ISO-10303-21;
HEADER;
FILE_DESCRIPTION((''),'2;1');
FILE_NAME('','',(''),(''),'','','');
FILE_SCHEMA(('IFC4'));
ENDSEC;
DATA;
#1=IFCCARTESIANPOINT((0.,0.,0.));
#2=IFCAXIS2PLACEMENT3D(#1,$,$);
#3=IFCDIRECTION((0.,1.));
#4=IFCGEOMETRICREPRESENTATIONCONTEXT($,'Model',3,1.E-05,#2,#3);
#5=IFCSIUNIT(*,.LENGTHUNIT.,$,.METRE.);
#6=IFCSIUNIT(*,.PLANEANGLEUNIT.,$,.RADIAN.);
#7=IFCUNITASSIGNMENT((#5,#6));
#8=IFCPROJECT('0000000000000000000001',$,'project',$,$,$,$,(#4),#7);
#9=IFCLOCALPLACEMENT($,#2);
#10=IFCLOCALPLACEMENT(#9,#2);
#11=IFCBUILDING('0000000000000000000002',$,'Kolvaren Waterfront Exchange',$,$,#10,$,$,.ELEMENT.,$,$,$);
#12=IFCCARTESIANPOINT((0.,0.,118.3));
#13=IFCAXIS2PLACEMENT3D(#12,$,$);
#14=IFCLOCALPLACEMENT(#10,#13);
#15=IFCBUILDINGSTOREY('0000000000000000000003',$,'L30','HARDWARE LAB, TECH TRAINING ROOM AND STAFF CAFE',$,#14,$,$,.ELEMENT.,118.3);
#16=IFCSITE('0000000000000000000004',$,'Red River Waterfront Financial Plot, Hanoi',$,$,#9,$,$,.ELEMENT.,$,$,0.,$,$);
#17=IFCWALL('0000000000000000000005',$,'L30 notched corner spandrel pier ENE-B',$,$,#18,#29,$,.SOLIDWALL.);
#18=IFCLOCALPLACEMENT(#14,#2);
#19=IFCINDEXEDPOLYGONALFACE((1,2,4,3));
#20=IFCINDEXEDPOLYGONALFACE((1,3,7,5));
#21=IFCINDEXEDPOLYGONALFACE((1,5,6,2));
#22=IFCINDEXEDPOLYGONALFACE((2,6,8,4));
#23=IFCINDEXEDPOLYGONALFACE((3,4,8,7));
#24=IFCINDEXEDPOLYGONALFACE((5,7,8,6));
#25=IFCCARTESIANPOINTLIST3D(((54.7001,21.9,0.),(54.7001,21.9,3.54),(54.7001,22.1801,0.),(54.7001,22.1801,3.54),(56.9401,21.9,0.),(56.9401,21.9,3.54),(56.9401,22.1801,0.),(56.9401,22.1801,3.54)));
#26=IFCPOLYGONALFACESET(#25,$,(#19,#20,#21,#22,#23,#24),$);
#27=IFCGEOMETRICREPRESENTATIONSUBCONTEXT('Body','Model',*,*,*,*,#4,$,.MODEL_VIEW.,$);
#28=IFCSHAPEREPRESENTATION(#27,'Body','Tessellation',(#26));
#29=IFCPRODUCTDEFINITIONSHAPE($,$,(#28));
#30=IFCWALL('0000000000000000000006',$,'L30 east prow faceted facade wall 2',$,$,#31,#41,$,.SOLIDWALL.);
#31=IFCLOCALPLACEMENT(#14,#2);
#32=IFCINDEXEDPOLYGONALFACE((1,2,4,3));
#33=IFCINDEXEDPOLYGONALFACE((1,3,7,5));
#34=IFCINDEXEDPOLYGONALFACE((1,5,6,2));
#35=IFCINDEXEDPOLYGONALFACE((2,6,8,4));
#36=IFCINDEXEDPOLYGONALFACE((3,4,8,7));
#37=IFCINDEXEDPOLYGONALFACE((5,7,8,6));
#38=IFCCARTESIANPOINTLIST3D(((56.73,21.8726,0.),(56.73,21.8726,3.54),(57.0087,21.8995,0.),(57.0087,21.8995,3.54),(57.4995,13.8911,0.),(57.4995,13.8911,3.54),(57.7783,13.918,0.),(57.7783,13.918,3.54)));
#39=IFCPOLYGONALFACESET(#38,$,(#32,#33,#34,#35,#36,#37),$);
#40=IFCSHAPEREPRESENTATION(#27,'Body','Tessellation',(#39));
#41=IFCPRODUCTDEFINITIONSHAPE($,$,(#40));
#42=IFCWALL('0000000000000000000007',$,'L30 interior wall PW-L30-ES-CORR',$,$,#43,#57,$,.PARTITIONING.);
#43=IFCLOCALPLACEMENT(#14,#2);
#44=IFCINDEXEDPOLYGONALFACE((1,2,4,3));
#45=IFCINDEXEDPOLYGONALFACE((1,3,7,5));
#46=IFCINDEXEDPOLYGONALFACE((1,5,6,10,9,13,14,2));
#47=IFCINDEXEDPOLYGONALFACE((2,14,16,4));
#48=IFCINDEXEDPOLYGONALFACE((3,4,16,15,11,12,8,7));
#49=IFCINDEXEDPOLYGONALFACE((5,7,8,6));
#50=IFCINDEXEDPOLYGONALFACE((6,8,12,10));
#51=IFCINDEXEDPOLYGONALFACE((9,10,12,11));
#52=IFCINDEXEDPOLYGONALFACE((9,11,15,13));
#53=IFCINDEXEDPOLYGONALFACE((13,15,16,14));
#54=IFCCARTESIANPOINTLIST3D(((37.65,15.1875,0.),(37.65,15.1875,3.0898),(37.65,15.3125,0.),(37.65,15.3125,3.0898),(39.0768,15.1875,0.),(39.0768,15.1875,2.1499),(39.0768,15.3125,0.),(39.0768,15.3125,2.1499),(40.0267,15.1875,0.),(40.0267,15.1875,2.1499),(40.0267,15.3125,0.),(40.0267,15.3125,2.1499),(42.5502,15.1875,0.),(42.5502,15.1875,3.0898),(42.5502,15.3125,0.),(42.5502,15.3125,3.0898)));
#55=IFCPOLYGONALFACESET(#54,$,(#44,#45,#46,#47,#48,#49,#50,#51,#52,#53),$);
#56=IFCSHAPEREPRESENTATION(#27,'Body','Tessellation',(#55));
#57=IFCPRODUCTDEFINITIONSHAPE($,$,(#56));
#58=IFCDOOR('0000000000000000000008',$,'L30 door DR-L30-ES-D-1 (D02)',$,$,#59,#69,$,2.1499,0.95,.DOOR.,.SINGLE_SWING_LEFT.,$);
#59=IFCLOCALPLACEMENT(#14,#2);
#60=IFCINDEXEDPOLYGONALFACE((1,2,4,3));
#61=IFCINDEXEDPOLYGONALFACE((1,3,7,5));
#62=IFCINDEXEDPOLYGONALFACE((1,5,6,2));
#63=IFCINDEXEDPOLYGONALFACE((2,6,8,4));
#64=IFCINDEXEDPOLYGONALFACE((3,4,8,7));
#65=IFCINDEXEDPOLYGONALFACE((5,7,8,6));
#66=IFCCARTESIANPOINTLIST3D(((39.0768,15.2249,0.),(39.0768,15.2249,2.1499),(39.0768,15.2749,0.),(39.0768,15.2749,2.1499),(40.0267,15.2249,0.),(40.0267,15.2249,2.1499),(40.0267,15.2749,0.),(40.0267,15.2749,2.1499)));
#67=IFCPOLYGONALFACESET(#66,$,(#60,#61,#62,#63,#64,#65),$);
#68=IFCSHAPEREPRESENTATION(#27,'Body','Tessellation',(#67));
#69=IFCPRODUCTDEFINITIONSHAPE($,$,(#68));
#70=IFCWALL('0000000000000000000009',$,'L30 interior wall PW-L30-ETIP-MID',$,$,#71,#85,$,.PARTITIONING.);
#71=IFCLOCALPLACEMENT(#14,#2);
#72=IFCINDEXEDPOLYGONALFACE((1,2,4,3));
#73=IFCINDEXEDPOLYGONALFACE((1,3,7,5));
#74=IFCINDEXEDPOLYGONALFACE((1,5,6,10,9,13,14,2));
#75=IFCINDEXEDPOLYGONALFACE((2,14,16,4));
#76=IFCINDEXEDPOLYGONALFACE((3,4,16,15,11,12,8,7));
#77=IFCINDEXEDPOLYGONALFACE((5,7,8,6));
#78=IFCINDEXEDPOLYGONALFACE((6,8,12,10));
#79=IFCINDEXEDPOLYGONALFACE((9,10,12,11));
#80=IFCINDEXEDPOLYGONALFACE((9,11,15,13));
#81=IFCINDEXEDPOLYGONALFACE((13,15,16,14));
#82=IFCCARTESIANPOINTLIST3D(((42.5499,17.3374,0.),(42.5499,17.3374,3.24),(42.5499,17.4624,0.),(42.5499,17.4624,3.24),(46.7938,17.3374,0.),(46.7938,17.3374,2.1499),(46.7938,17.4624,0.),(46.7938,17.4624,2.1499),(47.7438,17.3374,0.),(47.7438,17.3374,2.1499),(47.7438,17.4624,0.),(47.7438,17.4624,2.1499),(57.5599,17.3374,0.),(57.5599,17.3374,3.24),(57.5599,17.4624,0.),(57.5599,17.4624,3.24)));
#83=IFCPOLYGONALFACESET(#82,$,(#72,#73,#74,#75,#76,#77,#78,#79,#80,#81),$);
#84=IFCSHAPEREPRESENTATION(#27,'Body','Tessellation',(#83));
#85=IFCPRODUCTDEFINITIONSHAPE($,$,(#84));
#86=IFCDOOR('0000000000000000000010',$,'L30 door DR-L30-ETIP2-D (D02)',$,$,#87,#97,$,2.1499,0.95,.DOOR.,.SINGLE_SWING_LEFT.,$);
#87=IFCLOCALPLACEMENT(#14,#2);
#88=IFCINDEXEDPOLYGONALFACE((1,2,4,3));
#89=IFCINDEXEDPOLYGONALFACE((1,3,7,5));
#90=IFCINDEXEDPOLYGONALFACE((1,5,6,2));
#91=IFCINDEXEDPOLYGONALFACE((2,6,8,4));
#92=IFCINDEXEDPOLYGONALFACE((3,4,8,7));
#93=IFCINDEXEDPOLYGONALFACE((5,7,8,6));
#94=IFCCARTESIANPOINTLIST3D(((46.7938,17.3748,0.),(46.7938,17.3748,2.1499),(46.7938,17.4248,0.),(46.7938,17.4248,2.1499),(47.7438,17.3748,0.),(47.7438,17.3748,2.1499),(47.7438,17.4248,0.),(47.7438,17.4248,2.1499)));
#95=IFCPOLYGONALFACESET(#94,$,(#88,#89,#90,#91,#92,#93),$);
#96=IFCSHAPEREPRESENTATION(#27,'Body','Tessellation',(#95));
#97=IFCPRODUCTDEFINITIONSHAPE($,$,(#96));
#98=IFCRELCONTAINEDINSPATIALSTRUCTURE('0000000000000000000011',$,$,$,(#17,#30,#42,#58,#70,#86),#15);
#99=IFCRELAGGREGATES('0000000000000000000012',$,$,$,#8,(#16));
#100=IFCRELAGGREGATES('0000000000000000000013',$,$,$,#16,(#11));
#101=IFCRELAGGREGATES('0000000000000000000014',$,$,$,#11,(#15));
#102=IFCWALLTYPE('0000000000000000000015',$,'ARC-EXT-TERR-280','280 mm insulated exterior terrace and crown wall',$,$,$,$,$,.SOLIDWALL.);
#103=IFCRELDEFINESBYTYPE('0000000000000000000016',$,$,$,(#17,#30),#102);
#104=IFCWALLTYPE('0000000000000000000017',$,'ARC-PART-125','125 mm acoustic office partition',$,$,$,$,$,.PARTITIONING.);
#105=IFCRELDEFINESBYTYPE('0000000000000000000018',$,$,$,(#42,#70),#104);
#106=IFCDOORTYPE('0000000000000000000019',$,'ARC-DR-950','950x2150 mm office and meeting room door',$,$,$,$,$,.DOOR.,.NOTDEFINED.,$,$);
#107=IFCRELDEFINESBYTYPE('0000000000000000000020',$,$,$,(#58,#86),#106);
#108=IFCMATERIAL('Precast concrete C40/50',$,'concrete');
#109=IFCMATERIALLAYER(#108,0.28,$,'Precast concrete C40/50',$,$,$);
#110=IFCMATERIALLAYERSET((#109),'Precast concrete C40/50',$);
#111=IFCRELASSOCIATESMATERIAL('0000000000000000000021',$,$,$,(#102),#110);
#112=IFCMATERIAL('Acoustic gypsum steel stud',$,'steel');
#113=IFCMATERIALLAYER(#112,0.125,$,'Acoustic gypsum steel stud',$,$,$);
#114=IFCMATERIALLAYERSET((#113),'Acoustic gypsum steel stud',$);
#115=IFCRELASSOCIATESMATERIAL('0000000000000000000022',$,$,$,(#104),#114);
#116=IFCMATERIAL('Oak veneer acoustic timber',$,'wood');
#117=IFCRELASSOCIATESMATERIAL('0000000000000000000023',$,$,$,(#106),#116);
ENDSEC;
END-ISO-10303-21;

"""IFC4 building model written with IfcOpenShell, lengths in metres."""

from ifc_helpers import new_model, si_unit, direction, frame, frame_2d, origin, place, context, subcontext, project, spatial, rectangle, extrude, material, layer, layer_set, type_object, element, fill, save


model = new_model("IFC4")

# Units and contexts
model_context = context("Model", 3, precision=1e-05, world=origin(), true_north=direction((0.0, 1.0)))
body_context = subcontext(model_context, "Body", "Model", "MODEL_VIEW")
ifc_project = project(units=[si_unit("LENGTHUNIT", "METRE"), si_unit("PLANEANGLEUNIT", "RADIAN")], contexts=[model_context])

# Site, building, storey
site_placement = place(None, origin())
site = spatial("IfcSite", under=ifc_project, at=site_placement, Name="Red River Waterfront Financial Plot, Hanoi", CompositionType="ELEMENT", RefElevation=0.0)
building_placement = place(site_placement, origin())
building = spatial("IfcBuilding", under=site, at=building_placement, Name="Kolvaren Waterfront Exchange", CompositionType="ELEMENT")
storey_placement = place(building_placement, frame((0.0, 0.0, 118.3)))
storey = spatial("IfcBuildingStorey", under=building, at=storey_placement, Name="L30", Description="HARDWARE LAB, TECH TRAINING ROOM AND STAFF CAFE", CompositionType="ELEMENT", Elevation=118.3)

# Walls
ifc_material_1 = material(Name="Precast concrete C40/50", Category="concrete")
ifc_layer_1 = layer(ifc_material_1, 0.28, Name="Precast concrete C40/50")
ifc_layer_set_1 = layer_set([ifc_layer_1], Name="Precast concrete C40/50")
wall_type_1 = type_object("IfcWallType", Name="ARC-EXT-TERR-280", Description="280 mm insulated exterior terrace and crown wall", PredefinedType="SOLIDWALL", material=ifc_layer_set_1)
wall_1_placement = place(storey_placement, frame((54.7, 22.04, 0.0), z_axis=(0.0, 0.0, 1.0), x_axis=(1.0, 0.0, 0.0)))
element("IfcWall", 1, at=wall_1_placement, inside=storey, type_object=wall_type_1, Name="L30 notched corner spandrel pier ENE-B", PredefinedType="SOLIDWALL", context=body_context, shape_type="SweptSolid", body=[
    extrude(rectangle(XDim=2.24, YDim=0.28, at=frame_2d((1.1201, 0.0))), origin(), (0.0, 0.0, 1.0), 3.54),
])
wall_2_placement = place(storey_placement, frame((57.6389, 13.9045, 0.0), z_axis=(0.0, 0.0, 1.0), x_axis=(-0.09597, 0.995384, 0.0)))
element("IfcWall", 2, at=wall_2_placement, inside=storey, type_object=wall_type_1, Name="L30 east prow faceted facade wall 2", PredefinedType="SOLIDWALL", context=body_context, shape_type="SweptSolid", body=[
    extrude(rectangle(XDim=8.0186, YDim=0.28, at=frame_2d((4.0093, 0.0))), origin(), (0.0, 0.0, 1.0), 3.54),
])

# Walls, openings, doors
ifc_material_2 = material(Name="Acoustic gypsum steel stud", Category="steel")
ifc_layer_2 = layer(ifc_material_2, 0.125, Name="Acoustic gypsum steel stud")
ifc_layer_set_2 = layer_set([ifc_layer_2], Name="Acoustic gypsum steel stud")
wall_type_2 = type_object("IfcWallType", Name="ARC-PART-125", Description="125 mm acoustic office partition", PredefinedType="PARTITIONING", material=ifc_layer_set_2)
wall_3_placement = place(storey_placement, frame((37.6499, 15.25, 0.0), z_axis=(0.0, 0.0, 1.0), x_axis=(1.0, 0.0, 0.0)))
wall_3 = element("IfcWall", 3, at=wall_3_placement, inside=storey, type_object=wall_type_2, Name="L30 interior wall PW-L30-ES-CORR", PredefinedType="PARTITIONING", context=body_context, shape_type="SweptSolid", body=[
    extrude(rectangle(XDim=4.9001, YDim=0.125, at=frame_2d((2.4502, 0.0))), origin(), (0.0, 0.0, 1.0), 3.0898),
])
opening_1_placement = place(wall_3_placement, frame((1.4268, 0.0, 0.0)))
opening_1 = element("IfcOpeningElement", 4, at=opening_1_placement, cuts=wall_3, PredefinedType="OPENING", context=body_context, shape_type="SweptSolid", body=[
    extrude(rectangle(XDim=0.95, YDim=2.1499, at=frame_2d((0.4751, 1.075))), frame((0.0, 0.0725, 0.0), z_axis=(0.0, -1.0, 0.0), x_axis=(1.0, 0.0, 0.0)), (0.0, 0.0, 1.0), 0.145),
])
ifc_material_3 = material(Name="Oak veneer acoustic timber", Category="wood")
door_type = type_object("IfcDoorType", Name="ARC-DR-950", Description="950x2150 mm office and meeting room door", OperationType="NOTDEFINED", PredefinedType="DOOR", material=ifc_material_3)
door_1_placement = place(opening_1_placement, origin())
door_1 = element("IfcDoor", 5, at=door_1_placement, inside=storey, type_object=door_type, Name="L30 door DR-L30-ES-D-1 (D02)", OperationType="SINGLE_SWING_LEFT", OverallHeight=2.1499, OverallWidth=0.95, PredefinedType="DOOR", context=body_context, shape_type="SweptSolid", body=[
    extrude(rectangle(XDim=0.95, YDim=2.1499, at=frame_2d((0.4751, 1.075))), frame((0.0, 0.0249, 0.0), z_axis=(0.0, -1.0, 0.0), x_axis=(1.0, 0.0, 0.0)), (0.0, 0.0, 1.0), 0.05),
])
fill(opening_1, door_1)
wall_4_placement = place(storey_placement, frame((42.55, 17.3999, 0.0), z_axis=(0.0, 0.0, 1.0), x_axis=(1.0, 0.0, 0.0)))
wall_4 = element("IfcWall", 6, at=wall_4_placement, inside=storey, type_object=wall_type_2, Name="L30 interior wall PW-L30-ETIP-MID", PredefinedType="PARTITIONING", context=body_context, shape_type="SweptSolid", body=[
    extrude(rectangle(XDim=15.01, YDim=0.125, at=frame_2d((7.5049, 0.0))), origin(), (0.0, 0.0, 1.0), 3.24),
])
opening_2_placement = place(wall_4_placement, frame((4.2437, 0.0, 0.0)))
opening_2 = element("IfcOpeningElement", 7, at=opening_2_placement, cuts=wall_4, PredefinedType="OPENING", context=body_context, shape_type="SweptSolid", body=[
    extrude(rectangle(XDim=0.95, YDim=2.1499, at=frame_2d((0.4751, 1.075))), frame((0.0, 0.0725, 0.0), z_axis=(0.0, -1.0, 0.0), x_axis=(1.0, 0.0, 0.0)), (0.0, 0.0, 1.0), 0.145),
])
door_2_placement = place(opening_2_placement, origin())
door_2 = element("IfcDoor", 8, at=door_2_placement, inside=storey, type_object=door_type, Name="L30 door DR-L30-ETIP2-D (D02)", OperationType="SINGLE_SWING_LEFT", OverallHeight=2.1499, OverallWidth=0.95, PredefinedType="DOOR", context=body_context, shape_type="SweptSolid", body=[
    extrude(rectangle(XDim=0.95, YDim=2.1499, at=frame_2d((0.4751, 1.075))), frame((0.0, 0.0249, 0.0), z_axis=(0.0, -1.0, 0.0), x_axis=(1.0, 0.0, 0.0)), (0.0, 0.0, 1.0), 0.05),
])
fill(opening_2, door_2)

save(model, "model.ifc")
